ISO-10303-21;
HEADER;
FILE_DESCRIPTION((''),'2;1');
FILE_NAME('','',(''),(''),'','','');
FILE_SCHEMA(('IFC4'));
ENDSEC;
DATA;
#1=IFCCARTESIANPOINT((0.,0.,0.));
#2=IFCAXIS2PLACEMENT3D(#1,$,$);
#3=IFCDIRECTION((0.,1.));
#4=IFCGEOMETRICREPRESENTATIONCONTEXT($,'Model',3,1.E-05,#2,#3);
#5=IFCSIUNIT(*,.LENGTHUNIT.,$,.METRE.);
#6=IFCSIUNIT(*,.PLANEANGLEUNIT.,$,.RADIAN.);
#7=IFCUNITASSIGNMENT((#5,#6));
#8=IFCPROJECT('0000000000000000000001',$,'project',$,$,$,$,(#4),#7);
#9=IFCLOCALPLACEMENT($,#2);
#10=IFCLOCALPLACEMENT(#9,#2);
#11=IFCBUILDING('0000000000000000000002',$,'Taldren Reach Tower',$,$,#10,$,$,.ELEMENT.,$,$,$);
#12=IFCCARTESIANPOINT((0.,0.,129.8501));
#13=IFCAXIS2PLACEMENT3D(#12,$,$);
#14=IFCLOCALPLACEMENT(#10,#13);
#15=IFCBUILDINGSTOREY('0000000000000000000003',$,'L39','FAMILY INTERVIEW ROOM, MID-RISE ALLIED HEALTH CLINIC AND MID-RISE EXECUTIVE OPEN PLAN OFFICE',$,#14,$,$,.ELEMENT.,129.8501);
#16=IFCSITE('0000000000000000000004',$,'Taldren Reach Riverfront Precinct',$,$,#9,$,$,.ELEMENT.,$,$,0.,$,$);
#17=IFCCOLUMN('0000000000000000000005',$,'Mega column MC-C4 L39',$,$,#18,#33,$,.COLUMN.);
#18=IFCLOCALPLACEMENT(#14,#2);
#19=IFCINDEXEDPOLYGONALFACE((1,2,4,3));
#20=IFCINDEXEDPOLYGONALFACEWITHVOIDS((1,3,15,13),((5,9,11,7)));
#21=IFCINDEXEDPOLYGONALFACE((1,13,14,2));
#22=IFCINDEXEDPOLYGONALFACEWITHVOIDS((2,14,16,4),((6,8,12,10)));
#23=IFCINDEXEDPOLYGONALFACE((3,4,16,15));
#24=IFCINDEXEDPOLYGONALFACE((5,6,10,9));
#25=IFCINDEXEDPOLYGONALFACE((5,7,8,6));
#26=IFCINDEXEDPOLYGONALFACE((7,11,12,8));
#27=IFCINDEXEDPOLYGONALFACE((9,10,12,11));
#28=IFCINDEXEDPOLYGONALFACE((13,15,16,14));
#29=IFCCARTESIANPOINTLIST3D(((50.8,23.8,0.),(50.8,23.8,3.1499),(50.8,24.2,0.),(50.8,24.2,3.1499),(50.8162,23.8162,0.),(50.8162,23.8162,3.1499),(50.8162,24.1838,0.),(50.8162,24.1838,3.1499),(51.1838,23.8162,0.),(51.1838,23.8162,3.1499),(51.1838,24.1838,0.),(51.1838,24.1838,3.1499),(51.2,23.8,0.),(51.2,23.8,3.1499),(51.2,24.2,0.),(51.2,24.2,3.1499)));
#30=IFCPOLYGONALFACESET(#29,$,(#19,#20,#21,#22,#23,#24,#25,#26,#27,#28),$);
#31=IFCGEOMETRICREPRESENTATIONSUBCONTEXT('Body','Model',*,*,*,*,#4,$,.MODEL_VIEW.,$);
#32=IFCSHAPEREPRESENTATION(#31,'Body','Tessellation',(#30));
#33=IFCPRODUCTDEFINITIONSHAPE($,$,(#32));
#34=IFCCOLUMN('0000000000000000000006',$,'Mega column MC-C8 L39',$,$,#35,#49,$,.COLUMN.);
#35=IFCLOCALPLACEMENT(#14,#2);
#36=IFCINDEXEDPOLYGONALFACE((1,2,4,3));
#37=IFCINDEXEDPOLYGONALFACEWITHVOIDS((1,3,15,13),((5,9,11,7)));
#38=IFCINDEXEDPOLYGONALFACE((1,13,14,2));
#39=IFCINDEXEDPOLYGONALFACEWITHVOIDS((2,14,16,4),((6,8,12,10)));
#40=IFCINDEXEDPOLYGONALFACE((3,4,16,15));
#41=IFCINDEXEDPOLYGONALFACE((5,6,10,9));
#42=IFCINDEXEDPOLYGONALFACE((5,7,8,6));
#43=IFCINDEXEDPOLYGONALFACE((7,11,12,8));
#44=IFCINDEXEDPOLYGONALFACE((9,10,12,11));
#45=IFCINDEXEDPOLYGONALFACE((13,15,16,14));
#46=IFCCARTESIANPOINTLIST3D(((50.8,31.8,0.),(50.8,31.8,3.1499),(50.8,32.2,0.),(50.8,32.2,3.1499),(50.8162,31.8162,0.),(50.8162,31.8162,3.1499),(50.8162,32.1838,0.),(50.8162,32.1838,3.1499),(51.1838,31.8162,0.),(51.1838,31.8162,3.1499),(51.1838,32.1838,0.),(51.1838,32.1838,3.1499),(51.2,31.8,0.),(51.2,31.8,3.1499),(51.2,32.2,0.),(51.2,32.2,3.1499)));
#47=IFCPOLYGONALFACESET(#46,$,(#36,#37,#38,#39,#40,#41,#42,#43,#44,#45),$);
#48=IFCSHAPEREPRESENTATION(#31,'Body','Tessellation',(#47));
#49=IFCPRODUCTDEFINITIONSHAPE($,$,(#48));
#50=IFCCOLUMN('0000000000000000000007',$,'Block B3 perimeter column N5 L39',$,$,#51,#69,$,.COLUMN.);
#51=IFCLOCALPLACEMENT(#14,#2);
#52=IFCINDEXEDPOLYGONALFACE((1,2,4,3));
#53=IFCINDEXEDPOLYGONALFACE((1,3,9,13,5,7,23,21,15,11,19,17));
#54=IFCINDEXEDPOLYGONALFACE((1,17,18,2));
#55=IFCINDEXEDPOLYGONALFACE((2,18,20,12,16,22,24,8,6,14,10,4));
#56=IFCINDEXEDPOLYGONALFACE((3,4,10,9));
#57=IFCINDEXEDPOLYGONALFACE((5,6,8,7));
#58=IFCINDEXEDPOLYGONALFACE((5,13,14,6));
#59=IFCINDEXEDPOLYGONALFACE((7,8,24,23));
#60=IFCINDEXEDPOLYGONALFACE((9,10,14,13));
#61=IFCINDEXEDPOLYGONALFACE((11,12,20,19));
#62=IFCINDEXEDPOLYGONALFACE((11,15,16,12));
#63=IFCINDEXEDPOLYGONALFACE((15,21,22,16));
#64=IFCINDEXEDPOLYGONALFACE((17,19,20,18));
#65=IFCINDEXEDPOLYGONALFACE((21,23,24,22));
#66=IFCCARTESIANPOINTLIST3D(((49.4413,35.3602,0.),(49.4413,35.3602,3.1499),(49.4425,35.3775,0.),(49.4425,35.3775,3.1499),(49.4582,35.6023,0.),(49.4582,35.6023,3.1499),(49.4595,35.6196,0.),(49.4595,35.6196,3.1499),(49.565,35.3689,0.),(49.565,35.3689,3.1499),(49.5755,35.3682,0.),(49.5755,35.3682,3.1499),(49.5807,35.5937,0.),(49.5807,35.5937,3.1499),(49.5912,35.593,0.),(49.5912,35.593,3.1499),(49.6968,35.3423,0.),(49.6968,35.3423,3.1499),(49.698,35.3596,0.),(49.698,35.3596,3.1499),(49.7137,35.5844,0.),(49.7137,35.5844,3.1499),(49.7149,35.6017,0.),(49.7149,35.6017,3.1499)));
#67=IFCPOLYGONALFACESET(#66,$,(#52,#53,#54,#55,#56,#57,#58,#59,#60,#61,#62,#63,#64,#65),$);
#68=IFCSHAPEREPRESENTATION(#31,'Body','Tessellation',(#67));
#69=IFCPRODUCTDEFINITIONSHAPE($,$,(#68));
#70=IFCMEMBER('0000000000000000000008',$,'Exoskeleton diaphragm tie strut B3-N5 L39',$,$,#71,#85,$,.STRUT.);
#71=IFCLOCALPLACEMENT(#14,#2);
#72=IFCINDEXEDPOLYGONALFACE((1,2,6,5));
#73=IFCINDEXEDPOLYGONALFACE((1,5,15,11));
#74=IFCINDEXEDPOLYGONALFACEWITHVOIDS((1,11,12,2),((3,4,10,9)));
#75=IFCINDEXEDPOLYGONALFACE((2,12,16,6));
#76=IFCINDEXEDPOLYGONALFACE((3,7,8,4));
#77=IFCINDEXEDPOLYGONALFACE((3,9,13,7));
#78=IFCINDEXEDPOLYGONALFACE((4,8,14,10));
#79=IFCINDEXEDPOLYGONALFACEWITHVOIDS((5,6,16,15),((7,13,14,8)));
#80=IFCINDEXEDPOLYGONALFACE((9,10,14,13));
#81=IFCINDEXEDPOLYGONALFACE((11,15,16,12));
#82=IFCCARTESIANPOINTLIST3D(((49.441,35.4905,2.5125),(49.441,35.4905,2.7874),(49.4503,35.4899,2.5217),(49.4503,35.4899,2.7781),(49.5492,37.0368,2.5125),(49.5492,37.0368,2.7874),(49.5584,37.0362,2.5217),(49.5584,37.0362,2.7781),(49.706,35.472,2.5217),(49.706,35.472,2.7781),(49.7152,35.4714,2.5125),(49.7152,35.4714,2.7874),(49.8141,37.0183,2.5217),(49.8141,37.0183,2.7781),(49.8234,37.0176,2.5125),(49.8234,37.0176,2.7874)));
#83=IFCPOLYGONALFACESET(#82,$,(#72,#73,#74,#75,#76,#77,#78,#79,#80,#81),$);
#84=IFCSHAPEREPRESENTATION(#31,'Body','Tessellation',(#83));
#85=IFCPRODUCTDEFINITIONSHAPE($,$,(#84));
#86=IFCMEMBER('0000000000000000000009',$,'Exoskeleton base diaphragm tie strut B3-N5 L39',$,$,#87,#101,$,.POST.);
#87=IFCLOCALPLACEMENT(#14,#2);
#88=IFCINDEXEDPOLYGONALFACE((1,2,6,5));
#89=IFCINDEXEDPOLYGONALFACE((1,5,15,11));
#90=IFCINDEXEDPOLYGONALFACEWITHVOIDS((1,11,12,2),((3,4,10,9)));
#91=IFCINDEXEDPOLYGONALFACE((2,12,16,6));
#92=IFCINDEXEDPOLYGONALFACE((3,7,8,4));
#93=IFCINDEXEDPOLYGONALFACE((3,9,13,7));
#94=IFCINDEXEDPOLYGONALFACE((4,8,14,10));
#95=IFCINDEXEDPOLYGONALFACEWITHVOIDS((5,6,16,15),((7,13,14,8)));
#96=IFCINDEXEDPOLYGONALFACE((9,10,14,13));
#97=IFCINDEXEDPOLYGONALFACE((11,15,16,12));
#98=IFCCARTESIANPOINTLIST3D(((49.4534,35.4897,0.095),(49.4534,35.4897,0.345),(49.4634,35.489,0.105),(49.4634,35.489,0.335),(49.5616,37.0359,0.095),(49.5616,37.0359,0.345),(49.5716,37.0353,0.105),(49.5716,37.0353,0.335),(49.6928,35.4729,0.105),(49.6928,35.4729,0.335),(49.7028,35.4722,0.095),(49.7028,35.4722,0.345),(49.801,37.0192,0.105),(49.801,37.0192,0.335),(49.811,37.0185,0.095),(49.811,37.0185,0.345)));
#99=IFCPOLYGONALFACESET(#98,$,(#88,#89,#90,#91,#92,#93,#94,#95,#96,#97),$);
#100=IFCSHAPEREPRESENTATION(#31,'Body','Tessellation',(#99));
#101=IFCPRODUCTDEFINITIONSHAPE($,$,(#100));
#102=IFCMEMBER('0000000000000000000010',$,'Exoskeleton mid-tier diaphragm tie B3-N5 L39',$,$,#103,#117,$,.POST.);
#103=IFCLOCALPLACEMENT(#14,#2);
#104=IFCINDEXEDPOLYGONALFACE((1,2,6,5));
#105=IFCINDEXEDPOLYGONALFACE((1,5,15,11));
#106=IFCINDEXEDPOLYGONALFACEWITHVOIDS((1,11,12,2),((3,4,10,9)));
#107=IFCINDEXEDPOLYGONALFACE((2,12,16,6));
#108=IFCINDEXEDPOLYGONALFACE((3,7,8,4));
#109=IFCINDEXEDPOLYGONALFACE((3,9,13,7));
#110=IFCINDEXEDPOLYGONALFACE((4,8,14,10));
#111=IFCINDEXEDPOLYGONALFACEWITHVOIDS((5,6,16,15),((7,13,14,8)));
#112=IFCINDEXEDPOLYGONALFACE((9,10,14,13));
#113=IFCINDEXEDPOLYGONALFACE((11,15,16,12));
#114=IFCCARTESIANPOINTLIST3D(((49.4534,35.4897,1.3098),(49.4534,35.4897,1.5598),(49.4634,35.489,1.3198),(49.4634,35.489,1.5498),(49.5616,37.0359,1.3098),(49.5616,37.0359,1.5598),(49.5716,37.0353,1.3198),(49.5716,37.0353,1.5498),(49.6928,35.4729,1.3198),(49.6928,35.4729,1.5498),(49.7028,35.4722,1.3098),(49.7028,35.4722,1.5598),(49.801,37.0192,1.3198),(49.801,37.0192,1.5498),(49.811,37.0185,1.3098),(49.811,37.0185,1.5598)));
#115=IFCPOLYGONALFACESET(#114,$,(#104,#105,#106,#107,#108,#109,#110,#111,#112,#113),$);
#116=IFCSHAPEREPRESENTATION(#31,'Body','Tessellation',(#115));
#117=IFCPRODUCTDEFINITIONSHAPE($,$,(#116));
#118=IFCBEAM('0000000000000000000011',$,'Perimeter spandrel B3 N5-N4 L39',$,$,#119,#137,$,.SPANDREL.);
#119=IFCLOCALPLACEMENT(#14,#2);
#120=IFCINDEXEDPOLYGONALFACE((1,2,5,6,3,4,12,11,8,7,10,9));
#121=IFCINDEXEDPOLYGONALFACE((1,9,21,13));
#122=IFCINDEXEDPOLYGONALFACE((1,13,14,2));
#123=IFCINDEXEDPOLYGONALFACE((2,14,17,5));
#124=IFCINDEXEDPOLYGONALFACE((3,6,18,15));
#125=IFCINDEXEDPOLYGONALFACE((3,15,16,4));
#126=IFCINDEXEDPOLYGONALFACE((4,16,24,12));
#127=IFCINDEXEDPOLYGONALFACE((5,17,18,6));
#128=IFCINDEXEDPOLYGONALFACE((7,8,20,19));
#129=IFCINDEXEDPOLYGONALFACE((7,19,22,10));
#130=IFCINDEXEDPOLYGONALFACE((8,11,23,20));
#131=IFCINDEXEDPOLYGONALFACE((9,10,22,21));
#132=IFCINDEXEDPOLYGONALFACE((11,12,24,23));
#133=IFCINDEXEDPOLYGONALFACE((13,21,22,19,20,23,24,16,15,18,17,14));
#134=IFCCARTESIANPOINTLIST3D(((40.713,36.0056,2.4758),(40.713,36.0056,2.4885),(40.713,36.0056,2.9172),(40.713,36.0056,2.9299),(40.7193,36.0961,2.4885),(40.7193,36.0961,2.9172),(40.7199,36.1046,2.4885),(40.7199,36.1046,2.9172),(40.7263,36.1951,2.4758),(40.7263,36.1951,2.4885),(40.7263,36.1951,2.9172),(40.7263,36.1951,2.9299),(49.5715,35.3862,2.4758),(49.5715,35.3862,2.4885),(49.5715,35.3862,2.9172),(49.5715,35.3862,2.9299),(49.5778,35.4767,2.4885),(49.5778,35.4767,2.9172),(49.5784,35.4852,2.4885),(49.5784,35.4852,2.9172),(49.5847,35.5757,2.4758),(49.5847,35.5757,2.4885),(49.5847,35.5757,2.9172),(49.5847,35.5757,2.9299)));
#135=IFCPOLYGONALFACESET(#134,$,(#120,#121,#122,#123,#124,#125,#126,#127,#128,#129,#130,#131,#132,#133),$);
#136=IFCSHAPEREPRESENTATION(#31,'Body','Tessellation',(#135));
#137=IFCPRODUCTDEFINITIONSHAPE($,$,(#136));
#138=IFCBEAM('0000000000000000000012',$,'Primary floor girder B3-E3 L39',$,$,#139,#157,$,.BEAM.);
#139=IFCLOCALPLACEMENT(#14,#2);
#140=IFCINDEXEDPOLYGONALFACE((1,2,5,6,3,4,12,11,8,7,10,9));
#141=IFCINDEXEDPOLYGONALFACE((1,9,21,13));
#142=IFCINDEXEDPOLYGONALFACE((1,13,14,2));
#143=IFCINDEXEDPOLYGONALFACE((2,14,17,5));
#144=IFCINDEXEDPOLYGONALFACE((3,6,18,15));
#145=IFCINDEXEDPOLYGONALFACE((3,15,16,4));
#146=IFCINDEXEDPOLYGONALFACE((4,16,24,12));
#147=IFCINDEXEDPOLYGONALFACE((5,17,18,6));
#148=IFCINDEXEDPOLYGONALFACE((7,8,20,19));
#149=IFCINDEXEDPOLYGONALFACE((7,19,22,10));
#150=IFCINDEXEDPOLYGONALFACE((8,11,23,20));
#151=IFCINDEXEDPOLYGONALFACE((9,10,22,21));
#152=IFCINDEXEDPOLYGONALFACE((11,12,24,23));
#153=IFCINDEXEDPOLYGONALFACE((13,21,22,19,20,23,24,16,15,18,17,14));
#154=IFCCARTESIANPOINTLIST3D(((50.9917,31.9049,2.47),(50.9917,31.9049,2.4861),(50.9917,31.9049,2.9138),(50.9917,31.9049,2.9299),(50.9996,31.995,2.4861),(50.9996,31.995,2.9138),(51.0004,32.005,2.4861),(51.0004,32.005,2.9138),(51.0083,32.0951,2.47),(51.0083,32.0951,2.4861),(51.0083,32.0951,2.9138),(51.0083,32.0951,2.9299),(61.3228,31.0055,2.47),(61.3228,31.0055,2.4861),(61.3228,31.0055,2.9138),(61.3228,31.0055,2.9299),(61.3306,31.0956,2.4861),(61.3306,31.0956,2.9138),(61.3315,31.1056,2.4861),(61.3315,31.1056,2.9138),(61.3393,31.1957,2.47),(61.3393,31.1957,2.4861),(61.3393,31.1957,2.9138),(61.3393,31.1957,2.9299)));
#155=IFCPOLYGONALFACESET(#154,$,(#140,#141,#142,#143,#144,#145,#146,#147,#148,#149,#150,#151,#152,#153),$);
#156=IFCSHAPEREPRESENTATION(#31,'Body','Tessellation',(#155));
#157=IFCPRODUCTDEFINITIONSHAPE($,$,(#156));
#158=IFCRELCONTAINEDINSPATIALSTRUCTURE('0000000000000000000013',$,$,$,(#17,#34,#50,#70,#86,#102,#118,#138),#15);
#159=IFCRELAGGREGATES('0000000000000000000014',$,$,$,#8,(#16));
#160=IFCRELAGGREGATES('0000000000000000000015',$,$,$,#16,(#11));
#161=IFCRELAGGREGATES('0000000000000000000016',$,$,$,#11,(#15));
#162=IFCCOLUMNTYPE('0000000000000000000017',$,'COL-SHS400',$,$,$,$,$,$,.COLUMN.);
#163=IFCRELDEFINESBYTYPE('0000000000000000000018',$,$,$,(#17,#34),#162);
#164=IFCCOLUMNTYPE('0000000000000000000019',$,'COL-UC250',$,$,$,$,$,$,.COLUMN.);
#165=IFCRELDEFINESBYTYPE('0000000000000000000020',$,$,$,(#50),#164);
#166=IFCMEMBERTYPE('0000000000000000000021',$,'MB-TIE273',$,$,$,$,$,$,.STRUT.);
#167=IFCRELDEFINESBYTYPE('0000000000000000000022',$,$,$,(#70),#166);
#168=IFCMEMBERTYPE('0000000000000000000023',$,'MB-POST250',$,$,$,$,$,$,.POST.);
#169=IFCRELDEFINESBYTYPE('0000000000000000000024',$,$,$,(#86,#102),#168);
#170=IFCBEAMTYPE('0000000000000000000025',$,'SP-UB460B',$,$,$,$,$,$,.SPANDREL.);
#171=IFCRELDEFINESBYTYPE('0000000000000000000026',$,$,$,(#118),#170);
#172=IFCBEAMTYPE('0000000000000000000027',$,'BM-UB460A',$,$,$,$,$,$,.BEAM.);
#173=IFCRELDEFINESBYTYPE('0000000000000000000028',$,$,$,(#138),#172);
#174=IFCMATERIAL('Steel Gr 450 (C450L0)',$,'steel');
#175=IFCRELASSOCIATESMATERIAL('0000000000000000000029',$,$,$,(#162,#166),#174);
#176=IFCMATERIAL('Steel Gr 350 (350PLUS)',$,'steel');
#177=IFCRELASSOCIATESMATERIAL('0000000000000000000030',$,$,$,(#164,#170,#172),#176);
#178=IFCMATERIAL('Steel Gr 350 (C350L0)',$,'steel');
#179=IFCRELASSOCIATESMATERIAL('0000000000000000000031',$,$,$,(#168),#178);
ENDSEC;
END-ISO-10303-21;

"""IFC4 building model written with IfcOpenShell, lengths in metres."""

from ifc_helpers import new_model, si_unit, direction, frame, origin, origin_2d, place, context, subcontext, project, spatial, hollow_rectangle, i_section, extrude, source, transform, mapped, material, material_profile, profile_set, type_object, element, save


model = new_model("IFC4")

# Units and contexts
model_context = context("Model", 3, precision=1e-05, world=origin(), true_north=direction((0.0, 1.0)))
body_context = subcontext(model_context, "Body", "Model", "MODEL_VIEW")
ifc_project = project(units=[si_unit("LENGTHUNIT", "METRE"), si_unit("PLANEANGLEUNIT", "RADIAN")], contexts=[model_context])

# Site, building, storey
site_placement = place(None, origin())
site = spatial("IfcSite", under=ifc_project, at=site_placement, Name="Taldren Reach Riverfront Precinct", CompositionType="ELEMENT", RefElevation=0.0)
building_placement = place(site_placement, origin())
building = spatial("IfcBuilding", under=site, at=building_placement, Name="Taldren Reach Tower", CompositionType="ELEMENT")
storey_placement = place(building_placement, frame((0.0, 0.0, 129.8501)))
storey = spatial("IfcBuildingStorey", under=building, at=storey_placement, Name="L39", Description="FAMILY INTERVIEW ROOM, MID-RISE ALLIED HEALTH CLINIC AND MID-RISE EXECUTIVE OPEN PLAN OFFICE", CompositionType="ELEMENT", Elevation=129.8501)

# Columns
ifc_material_1 = material(Name="Steel Gr 450 (C450L0)", Category="steel")
ifc_material_profile_1 = material_profile(ifc_material_1, hollow_rectangle(XDim=0.3999, YDim=0.3999, WallThickness=0.0161, at=origin_2d()), Name="400x400x16.0SHS")
ifc_profile_set_1 = profile_set([ifc_material_profile_1], Name="Steel Gr 450 (C450L0)")
column_type_1 = type_object("IfcColumnType", Name="COL-SHS400", PredefinedType="COLUMN", material=ifc_profile_set_1)
shared_shape_1 = source(origin(), body_context, "Body", "SweptSolid", [
    extrude(hollow_rectangle(XDim=0.3999, YDim=0.3999, WallThickness=0.0161, at=origin_2d()), origin(), (0.0, 0.0, 1.0), 3.1499),
])
for number, where, z_axis, x_axis, name in (
    (1, (51.0, 24.0, 0.0), (0.0, 0.0, 1.0), (1.0, 0.0, 0.0), "Mega column MC-C4 L39"),
    (2, (51.0, 32.0, 0.0), (0.0, 0.0, 1.0), (1.0, 0.0, 0.0), "Mega column MC-C8 L39"),
):
    element("IfcColumn", number, at=place(storey_placement, frame(where, z_axis=z_axis, x_axis=x_axis)), inside=storey, type_object=column_type_1, Name=name, PredefinedType="COLUMN", context=body_context, shape_type="MappedRepresentation", body=[
        mapped(shared_shape_1, transform((0.0, 0.0, 0.0), scale=1.0)),
    ])
ifc_material_2 = material(Name="Steel Gr 350 (350PLUS)", Category="steel")
ifc_material_profile_2 = material_profile(ifc_material_2, i_section(OverallWidth=0.2561, OverallDepth=0.26, WebThickness=0.0105, FlangeThickness=0.0173, at=origin_2d()), Name="250UC89.5")
ifc_profile_set_2 = profile_set([ifc_material_profile_2], Name="Steel Gr 350 (350PLUS)")
column_type_2 = type_object("IfcColumnType", Name="COL-UC250", PredefinedType="COLUMN", material=ifc_profile_set_2)
shared_shape_2 = source(origin(), body_context, "Body", "SweptSolid", [
    extrude(i_section(OverallWidth=0.2561, OverallDepth=0.26, WebThickness=0.0105, FlangeThickness=0.0173, at=origin_2d()), origin(), (0.0, 0.0, 1.0), 3.1499),
])
column_placement = place(storey_placement, frame((49.5781, 35.481, 0.0), z_axis=(0.0, 0.0, 1.0), x_axis=(0.997564, -0.069756, 0.0)))
element("IfcColumn", 3, at=column_placement, inside=storey, type_object=column_type_2, Name="Block B3 perimeter column N5 L39", PredefinedType="COLUMN", context=body_context, shape_type="MappedRepresentation", body=[
    mapped(shared_shape_2, transform((0.0, 0.0, 0.0), scale=1.0)),
])

# Members
ifc_material_profile_3 = material_profile(ifc_material_1, hollow_rectangle(XDim=0.2749, YDim=0.2749, WallThickness=0.0093, at=origin_2d()), Name="275x275x9.3SHS")
ifc_profile_set_3 = profile_set([ifc_material_profile_3], Name="Steel Gr 450 (C450L0)")
member_type_1 = type_object("IfcMemberType", Name="MB-TIE273", PredefinedType="STRUT", material=ifc_profile_set_3)
shared_shape_3 = source(origin(), body_context, "Body", "SweptSolid", [
    extrude(hollow_rectangle(XDim=0.2749, YDim=0.2749, WallThickness=0.0093, at=origin_2d()), origin(), (0.0, 0.0, 1.0), 1.55),
])
member_1_placement = place(storey_placement, frame((49.5781, 35.481, 2.6499), z_axis=(0.06977, 0.997563, 0.0), x_axis=(-0.997563, 0.06977, 0.0)))
element("IfcMember", 4, at=member_1_placement, inside=storey, type_object=member_type_1, Name="Exoskeleton diaphragm tie strut B3-N5 L39", PredefinedType="STRUT", context=body_context, shape_type="MappedRepresentation", body=[
    mapped(shared_shape_3, transform((0.0, 0.0, 0.0), scale=1.0)),
])
ifc_material_3 = material(Name="Steel Gr 350 (C350L0)", Category="steel")
ifc_material_profile_4 = material_profile(ifc_material_3, hollow_rectangle(XDim=0.25, YDim=0.25, WallThickness=0.01, at=origin_2d()), Name="250x250x10.0SHS")
ifc_profile_set_4 = profile_set([ifc_material_profile_4], Name="Steel Gr 350 (C350L0)")
member_type_2 = type_object("IfcMemberType", Name="MB-POST250", PredefinedType="POST", material=ifc_profile_set_4)
shared_shape_4 = source(origin(), body_context, "Body", "SweptSolid", [
    extrude(hollow_rectangle(XDim=0.25, YDim=0.25, WallThickness=0.01, at=origin_2d()), origin(), (0.0, 0.0, 1.0), 1.55),
])
for number, where, z_axis, x_axis, name in (
    (5, (49.5781, 35.481, 0.22), (0.06977, 0.997563, 0.0), (-0.997563, 0.06977, 0.0), "Exoskeleton base diaphragm tie strut B3-N5 L39"),
    (6, (49.5781, 35.481, 1.4348), (0.06977, 0.997563, 0.0), (-0.997563, 0.06977, 0.0), "Exoskeleton mid-tier diaphragm tie B3-N5 L39"),
):
    element("IfcMember", number, at=place(storey_placement, frame(where, z_axis=z_axis, x_axis=x_axis)), inside=storey, type_object=member_type_2, Name=name, PredefinedType="POST", context=body_context, shape_type="MappedRepresentation", body=[
        mapped(shared_shape_4, transform((0.0, 0.0, 0.0), scale=1.0)),
    ])

# Beams
ifc_material_profile_5 = material_profile(ifc_material_2, i_section(OverallWidth=0.1899, OverallDepth=0.4541, WebThickness=0.0085, FlangeThickness=0.0127, at=origin_2d()), Name="460UB67.1")
ifc_profile_set_5 = profile_set([ifc_material_profile_5], Name="Steel Gr 350 (350PLUS)")
beam_type_1 = type_object("IfcBeamType", Name="SP-UB460B", PredefinedType="SPANDREL", material=ifc_profile_set_5)
shared_shape_5 = source(origin(), body_context, "Body", "SweptSolid", [
    extrude(i_section(OverallWidth=0.1899, OverallDepth=0.4541, WebThickness=0.0085, FlangeThickness=0.0127, at=origin_2d()), origin(), (0.0, 0.0, 1.0), 8.8801),
])
beam_1_placement = place(storey_placement, frame((49.5781, 35.481, 2.7029), z_axis=(-0.997564, 0.06975, 0.0), x_axis=(-0.06975, -0.997564, 0.0)))
element("IfcBeam", 7, at=beam_1_placement, inside=storey, type_object=beam_type_1, Name="Perimeter spandrel B3 N5-N4 L39", PredefinedType="SPANDREL", context=body_context, shape_type="MappedRepresentation", body=[
    mapped(shared_shape_5, transform((0.0, 0.0, 0.0), scale=1.0)),
])
ifc_material_profile_6 = material_profile(ifc_material_2, i_section(OverallWidth=0.1909, OverallDepth=0.46, WebThickness=0.01, FlangeThickness=0.0161, at=origin_2d()), Name="460UB82.1")
ifc_profile_set_6 = profile_set([ifc_material_profile_6], Name="Steel Gr 350 (350PLUS)")
beam_type_2 = type_object("IfcBeamType", Name="BM-UB460A", PredefinedType="BEAM", material=ifc_profile_set_6)
shared_shape_6 = source(origin(), body_context, "Body", "SweptSolid", [
    extrude(i_section(OverallWidth=0.1909, OverallDepth=0.46, WebThickness=0.01, FlangeThickness=0.0161, at=origin_2d()), origin(), (0.0, 0.0, 1.0), 10.3701),
])
beam_2_placement = place(storey_placement, frame((51.0, 32.0, 2.7), z_axis=(0.996232, -0.086731, 0.0), x_axis=(0.086731, 0.996232, 0.0)))
element("IfcBeam", 8, at=beam_2_placement, inside=storey, type_object=beam_type_2, Name="Primary floor girder B3-E3 L39", PredefinedType="BEAM", context=body_context, shape_type="MappedRepresentation", body=[
    mapped(shared_shape_6, transform((0.0, 0.0, 0.0), scale=1.0)),
])

save(model, "model.ifc")
